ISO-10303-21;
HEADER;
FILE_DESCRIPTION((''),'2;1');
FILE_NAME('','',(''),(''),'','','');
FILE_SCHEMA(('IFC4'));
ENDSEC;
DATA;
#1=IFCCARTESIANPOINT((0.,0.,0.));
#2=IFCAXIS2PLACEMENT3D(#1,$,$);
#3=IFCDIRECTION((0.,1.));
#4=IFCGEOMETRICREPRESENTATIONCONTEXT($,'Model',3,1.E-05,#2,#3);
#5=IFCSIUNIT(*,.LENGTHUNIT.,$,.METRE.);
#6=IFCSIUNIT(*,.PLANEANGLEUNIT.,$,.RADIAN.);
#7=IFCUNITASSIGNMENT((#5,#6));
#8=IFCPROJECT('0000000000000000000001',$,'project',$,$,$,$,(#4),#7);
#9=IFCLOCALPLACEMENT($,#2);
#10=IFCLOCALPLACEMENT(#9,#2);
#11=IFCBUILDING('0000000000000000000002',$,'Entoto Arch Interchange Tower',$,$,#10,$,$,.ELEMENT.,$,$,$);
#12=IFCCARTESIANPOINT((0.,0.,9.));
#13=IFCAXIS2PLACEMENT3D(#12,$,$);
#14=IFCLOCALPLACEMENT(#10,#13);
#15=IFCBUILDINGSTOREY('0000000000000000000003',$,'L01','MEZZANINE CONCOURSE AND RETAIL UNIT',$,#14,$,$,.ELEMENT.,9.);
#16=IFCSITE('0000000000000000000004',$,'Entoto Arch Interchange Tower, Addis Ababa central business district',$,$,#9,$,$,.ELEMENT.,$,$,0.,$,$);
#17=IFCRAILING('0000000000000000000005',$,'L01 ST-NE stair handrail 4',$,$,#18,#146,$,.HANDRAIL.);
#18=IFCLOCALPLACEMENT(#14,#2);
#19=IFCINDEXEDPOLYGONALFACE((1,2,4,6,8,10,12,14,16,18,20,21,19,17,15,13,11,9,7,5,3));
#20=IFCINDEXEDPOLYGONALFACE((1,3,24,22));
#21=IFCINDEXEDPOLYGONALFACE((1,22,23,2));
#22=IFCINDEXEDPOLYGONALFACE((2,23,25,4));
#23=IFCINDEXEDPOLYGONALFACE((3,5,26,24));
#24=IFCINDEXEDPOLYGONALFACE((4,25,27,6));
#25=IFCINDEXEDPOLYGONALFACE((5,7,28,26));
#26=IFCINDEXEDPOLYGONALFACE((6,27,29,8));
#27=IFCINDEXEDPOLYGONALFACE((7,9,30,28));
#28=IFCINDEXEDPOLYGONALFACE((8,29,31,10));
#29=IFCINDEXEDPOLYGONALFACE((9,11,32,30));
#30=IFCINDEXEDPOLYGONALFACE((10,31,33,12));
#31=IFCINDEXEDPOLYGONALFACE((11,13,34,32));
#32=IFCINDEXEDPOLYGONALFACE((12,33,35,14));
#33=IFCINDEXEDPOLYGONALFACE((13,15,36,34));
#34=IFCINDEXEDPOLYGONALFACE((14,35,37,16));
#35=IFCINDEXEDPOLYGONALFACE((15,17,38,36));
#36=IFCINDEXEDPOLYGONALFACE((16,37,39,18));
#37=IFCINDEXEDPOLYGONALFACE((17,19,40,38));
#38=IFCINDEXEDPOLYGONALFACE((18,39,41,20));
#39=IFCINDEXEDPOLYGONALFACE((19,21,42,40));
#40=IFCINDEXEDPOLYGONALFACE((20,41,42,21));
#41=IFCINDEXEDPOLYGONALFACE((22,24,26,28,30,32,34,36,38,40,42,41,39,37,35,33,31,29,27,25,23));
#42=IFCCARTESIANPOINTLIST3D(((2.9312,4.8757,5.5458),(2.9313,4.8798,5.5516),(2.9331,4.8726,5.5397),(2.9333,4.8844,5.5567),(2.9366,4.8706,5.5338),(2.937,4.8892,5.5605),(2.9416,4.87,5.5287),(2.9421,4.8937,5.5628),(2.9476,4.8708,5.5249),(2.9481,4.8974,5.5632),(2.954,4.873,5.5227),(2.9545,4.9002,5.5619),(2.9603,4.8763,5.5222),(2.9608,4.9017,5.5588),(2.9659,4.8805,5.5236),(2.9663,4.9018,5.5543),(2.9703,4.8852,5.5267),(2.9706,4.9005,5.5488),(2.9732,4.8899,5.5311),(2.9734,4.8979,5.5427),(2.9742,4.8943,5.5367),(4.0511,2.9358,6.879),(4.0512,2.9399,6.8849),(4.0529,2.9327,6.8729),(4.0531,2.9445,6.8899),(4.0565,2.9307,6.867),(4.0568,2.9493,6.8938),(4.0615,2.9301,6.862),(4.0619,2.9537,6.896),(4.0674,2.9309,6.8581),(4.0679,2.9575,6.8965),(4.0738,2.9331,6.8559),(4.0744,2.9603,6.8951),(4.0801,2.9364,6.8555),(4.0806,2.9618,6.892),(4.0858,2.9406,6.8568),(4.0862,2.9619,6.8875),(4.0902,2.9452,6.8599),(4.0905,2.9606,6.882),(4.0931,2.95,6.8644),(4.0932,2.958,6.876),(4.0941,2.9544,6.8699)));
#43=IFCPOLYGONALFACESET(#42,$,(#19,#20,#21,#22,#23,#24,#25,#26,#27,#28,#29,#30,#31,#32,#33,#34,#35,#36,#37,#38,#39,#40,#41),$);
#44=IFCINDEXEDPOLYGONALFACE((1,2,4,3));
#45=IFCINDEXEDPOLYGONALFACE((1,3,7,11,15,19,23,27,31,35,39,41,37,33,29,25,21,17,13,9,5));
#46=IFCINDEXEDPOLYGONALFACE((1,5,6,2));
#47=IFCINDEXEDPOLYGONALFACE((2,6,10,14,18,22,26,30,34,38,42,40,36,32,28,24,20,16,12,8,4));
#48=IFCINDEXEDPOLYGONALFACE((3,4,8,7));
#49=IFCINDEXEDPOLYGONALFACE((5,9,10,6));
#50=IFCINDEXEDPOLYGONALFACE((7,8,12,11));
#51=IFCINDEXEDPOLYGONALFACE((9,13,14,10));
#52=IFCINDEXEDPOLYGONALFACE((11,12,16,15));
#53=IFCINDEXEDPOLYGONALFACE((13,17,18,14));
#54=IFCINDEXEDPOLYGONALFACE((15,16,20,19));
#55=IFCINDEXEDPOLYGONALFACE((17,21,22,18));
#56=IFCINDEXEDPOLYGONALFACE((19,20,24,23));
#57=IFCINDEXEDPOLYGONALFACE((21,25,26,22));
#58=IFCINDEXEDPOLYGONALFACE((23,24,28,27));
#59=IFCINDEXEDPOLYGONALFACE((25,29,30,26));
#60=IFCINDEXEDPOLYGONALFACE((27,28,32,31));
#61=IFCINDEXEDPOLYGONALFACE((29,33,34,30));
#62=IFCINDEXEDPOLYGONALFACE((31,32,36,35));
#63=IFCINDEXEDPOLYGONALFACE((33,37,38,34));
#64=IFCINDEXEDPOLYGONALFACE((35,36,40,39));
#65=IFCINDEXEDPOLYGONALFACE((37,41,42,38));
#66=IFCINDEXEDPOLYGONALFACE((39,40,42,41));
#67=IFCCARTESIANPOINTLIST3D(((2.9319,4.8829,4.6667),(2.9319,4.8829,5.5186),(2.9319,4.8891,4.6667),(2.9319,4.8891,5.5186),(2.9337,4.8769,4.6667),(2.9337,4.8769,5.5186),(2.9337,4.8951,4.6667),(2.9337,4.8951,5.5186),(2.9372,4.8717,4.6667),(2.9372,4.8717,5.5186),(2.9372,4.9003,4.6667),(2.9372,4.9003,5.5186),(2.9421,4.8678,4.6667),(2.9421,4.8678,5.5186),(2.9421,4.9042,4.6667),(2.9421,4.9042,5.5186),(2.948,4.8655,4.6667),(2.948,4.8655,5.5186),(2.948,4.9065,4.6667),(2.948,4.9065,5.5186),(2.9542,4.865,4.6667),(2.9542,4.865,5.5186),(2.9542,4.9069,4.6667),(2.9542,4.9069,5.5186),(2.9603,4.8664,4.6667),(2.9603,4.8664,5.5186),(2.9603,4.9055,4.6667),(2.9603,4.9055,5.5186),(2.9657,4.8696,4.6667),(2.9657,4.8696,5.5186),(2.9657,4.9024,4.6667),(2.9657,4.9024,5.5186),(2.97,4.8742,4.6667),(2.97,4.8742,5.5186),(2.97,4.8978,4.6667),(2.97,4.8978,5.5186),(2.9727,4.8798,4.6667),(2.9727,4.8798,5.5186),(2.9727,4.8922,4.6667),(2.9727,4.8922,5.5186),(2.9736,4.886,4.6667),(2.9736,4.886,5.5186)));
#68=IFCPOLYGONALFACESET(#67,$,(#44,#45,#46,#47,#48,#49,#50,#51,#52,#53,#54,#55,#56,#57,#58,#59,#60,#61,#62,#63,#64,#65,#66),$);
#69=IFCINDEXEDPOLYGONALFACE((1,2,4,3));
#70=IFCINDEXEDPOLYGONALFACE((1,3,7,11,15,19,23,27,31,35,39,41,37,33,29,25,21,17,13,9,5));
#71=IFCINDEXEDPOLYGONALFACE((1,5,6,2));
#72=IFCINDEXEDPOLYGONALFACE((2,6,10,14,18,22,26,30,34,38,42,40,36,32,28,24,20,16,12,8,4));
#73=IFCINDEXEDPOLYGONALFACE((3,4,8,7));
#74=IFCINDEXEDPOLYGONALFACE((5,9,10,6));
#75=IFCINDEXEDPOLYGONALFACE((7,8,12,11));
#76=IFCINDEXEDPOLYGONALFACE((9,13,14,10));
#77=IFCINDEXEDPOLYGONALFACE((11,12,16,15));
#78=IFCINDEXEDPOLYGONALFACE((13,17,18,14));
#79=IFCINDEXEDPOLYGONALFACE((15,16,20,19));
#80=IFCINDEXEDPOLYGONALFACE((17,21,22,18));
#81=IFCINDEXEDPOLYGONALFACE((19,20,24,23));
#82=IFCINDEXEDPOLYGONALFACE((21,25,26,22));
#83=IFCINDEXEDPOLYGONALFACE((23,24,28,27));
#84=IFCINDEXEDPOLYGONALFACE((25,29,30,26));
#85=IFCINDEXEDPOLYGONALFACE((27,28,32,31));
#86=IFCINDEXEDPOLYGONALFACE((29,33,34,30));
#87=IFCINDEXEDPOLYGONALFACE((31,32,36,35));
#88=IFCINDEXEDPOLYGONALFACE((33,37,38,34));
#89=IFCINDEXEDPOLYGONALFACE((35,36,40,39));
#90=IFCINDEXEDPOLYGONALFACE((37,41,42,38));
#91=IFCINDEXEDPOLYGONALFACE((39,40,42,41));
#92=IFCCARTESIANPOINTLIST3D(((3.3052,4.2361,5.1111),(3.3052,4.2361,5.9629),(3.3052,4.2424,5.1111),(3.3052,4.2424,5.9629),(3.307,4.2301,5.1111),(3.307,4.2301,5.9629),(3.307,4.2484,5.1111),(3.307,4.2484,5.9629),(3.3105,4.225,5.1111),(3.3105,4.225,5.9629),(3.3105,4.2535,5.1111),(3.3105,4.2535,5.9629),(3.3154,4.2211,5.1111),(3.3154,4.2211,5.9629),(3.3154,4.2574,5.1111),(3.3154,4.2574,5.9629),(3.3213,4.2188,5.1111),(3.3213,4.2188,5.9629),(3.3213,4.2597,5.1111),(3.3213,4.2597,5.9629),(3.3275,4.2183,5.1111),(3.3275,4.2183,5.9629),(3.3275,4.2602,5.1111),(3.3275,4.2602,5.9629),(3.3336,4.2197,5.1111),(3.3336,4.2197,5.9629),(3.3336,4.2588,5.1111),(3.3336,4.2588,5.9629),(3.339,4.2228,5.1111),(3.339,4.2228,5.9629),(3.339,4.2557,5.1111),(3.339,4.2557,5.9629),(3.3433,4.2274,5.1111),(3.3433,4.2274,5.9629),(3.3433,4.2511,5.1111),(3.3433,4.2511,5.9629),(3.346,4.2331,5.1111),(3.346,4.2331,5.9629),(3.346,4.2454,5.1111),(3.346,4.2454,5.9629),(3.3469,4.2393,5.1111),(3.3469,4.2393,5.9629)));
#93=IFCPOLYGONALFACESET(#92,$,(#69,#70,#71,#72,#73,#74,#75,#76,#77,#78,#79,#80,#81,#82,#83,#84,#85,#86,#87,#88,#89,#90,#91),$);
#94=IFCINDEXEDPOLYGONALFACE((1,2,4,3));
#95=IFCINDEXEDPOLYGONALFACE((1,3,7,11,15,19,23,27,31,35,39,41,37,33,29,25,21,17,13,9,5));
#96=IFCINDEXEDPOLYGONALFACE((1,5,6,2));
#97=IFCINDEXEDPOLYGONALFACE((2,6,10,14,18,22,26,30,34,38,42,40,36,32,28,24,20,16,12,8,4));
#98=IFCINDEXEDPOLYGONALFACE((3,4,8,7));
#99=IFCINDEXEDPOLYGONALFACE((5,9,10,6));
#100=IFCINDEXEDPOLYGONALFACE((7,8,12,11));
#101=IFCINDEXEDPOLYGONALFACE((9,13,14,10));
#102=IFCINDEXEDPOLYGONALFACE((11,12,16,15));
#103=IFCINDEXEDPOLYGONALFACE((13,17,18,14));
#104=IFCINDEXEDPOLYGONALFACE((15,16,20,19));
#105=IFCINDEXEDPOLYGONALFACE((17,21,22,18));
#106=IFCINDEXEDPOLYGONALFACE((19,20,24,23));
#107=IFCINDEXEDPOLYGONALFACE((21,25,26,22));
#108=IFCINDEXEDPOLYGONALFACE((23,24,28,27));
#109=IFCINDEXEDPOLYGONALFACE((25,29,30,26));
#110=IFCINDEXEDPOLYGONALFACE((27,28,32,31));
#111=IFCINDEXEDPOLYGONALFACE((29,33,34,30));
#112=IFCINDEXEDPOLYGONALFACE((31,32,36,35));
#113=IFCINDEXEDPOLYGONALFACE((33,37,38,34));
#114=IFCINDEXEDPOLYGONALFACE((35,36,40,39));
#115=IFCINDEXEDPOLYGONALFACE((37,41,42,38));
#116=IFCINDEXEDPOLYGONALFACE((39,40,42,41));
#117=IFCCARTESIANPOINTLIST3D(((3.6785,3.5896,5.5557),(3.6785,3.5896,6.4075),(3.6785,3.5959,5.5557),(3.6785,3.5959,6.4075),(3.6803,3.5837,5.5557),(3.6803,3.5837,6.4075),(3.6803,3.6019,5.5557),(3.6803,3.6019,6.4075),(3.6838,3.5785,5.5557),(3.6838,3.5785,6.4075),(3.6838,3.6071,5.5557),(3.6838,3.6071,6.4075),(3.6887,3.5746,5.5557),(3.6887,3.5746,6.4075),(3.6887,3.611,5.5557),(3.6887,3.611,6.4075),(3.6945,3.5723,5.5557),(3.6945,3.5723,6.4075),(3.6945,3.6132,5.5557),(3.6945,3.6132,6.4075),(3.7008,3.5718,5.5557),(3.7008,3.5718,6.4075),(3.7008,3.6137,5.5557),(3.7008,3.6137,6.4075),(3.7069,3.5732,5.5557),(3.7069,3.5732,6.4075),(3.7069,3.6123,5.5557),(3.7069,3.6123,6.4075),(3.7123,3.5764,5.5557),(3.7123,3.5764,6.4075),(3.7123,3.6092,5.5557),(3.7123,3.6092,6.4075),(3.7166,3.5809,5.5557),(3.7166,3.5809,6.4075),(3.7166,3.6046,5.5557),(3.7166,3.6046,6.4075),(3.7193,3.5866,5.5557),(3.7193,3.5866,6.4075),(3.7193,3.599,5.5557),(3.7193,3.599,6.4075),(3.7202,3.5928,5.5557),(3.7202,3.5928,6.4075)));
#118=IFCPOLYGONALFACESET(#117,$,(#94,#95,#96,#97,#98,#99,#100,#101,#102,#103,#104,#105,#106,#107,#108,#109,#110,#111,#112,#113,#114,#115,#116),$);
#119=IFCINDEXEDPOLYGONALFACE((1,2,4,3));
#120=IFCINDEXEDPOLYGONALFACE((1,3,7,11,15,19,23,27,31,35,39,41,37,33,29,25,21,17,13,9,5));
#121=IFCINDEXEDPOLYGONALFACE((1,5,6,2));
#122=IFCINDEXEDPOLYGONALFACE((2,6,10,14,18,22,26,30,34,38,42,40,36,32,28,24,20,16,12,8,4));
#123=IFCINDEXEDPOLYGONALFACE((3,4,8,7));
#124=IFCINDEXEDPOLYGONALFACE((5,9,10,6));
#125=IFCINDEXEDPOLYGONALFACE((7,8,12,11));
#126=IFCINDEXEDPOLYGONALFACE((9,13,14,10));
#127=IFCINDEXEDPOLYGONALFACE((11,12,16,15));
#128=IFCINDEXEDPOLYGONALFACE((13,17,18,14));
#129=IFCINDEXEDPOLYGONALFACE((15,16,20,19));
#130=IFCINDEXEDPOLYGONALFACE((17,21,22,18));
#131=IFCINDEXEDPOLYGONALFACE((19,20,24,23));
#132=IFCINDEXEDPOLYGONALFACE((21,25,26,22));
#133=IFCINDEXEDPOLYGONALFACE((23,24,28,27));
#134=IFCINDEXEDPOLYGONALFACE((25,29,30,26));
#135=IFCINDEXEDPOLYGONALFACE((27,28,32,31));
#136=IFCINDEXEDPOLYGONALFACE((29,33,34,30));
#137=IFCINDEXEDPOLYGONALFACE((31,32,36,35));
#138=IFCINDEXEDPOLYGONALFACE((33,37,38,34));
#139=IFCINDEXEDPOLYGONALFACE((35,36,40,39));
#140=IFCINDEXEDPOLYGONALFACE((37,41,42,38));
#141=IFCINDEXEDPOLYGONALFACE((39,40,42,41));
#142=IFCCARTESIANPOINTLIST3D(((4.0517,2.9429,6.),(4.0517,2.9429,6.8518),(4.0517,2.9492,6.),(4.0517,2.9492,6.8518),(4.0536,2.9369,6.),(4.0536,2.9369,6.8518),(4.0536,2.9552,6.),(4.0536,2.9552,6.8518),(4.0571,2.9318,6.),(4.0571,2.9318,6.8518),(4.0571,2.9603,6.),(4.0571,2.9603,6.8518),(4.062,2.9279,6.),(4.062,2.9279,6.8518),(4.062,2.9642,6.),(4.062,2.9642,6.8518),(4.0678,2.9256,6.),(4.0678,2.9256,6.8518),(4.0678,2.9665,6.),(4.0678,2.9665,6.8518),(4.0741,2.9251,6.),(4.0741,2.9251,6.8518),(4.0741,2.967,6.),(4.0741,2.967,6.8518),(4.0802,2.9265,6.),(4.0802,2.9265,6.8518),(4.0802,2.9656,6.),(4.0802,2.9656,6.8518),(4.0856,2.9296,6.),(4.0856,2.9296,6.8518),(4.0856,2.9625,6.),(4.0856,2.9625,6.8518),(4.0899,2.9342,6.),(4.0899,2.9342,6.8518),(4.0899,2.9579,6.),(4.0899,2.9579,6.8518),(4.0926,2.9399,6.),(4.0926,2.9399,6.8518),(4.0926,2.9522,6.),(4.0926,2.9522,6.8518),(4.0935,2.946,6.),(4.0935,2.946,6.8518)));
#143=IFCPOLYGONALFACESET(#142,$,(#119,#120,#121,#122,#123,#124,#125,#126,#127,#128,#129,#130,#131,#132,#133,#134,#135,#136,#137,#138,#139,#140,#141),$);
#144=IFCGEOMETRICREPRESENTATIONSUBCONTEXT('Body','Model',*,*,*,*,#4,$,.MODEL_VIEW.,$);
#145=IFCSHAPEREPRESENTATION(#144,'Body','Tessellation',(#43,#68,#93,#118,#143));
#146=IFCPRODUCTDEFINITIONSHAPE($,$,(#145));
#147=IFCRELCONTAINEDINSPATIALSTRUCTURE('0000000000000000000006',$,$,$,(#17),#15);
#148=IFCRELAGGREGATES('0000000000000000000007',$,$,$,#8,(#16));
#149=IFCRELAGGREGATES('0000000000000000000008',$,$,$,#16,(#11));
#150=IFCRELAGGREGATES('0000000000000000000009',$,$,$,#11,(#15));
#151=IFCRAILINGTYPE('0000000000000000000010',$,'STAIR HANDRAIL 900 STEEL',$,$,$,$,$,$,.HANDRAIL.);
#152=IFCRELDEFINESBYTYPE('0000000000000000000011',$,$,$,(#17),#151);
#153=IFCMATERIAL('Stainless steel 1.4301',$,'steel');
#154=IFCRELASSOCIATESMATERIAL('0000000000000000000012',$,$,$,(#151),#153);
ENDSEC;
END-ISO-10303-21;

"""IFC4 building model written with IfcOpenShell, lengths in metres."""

from ifc_helpers import new_model, si_unit, direction, frame, origin, origin_2d, place, context, subcontext, project, spatial, circle, extrude, material, type_object, element, save


model = new_model("IFC4")

# Units and contexts
model_context = context("Model", 3, precision=1e-05, world=origin(), true_north=direction((0.0, 1.0)))
body_context = subcontext(model_context, "Body", "Model", "MODEL_VIEW")
ifc_project = project(units=[si_unit("LENGTHUNIT", "METRE"), si_unit("PLANEANGLEUNIT", "RADIAN")], contexts=[model_context])

# Site, building, storey
site_placement = place(None, origin())
site = spatial("IfcSite", under=ifc_project, at=site_placement, Name="Entoto Arch Interchange Tower, Addis Ababa central business district", CompositionType="ELEMENT", RefElevation=0.0)
building_placement = place(site_placement, origin())
building = spatial("IfcBuilding", under=site, at=building_placement, Name="Entoto Arch Interchange Tower", CompositionType="ELEMENT")
storey_placement = place(building_placement, frame((0.0, 0.0, 9.0)))
storey = spatial("IfcBuildingStorey", under=building, at=storey_placement, Name="L01", Description="MEZZANINE CONCOURSE AND RETAIL UNIT", CompositionType="ELEMENT", Elevation=9.0)

# Railing
ifc_material_1 = material(Name="Stainless steel 1.4301", Category="steel")
railing_type_1 = type_object("IfcRailingType", Name="STAIR HANDRAIL 900 STEEL", PredefinedType="HANDRAIL", material=ifc_material_1)
for number, where, name in (
    (1, (2.9526, 4.886, 4.6667), "L01 ST-NE stair handrail 4"),
):
    element("IfcRailing", number, at=place(storey_placement, frame(where)), inside=storey, type_object=railing_type_1, Name=name, PredefinedType="HANDRAIL", context=body_context, shape_type="SweptSolid", body=[
        extrude(circle(Radius=0.0239, at=origin_2d()), frame((0.0, 0.0, 0.876), z_axis=(0.429608, -0.744205, 0.511465), x_axis=(0.866055, 0.499949, 0.0)), (0.0, 0.0, 1.0), 2.6067),
        extrude(circle(Radius=0.021, at=origin_2d()), origin(), (0.0, 0.0, 1.0), 0.8518),
        extrude(circle(Radius=0.021, at=origin_2d()), frame((0.3733, -0.6467, 0.4443)), (0.0, 0.0, 1.0), 0.8518),
        extrude(circle(Radius=0.021, at=origin_2d()), frame((0.7466, -1.2932, 0.8889)), (0.0, 0.0, 1.0), 0.8518),
        extrude(circle(Radius=0.021, at=origin_2d()), frame((1.1199, -1.9399, 1.3333)), (0.0, 0.0, 1.0), 0.8518),
    ])

save(model, "model.ifc")
